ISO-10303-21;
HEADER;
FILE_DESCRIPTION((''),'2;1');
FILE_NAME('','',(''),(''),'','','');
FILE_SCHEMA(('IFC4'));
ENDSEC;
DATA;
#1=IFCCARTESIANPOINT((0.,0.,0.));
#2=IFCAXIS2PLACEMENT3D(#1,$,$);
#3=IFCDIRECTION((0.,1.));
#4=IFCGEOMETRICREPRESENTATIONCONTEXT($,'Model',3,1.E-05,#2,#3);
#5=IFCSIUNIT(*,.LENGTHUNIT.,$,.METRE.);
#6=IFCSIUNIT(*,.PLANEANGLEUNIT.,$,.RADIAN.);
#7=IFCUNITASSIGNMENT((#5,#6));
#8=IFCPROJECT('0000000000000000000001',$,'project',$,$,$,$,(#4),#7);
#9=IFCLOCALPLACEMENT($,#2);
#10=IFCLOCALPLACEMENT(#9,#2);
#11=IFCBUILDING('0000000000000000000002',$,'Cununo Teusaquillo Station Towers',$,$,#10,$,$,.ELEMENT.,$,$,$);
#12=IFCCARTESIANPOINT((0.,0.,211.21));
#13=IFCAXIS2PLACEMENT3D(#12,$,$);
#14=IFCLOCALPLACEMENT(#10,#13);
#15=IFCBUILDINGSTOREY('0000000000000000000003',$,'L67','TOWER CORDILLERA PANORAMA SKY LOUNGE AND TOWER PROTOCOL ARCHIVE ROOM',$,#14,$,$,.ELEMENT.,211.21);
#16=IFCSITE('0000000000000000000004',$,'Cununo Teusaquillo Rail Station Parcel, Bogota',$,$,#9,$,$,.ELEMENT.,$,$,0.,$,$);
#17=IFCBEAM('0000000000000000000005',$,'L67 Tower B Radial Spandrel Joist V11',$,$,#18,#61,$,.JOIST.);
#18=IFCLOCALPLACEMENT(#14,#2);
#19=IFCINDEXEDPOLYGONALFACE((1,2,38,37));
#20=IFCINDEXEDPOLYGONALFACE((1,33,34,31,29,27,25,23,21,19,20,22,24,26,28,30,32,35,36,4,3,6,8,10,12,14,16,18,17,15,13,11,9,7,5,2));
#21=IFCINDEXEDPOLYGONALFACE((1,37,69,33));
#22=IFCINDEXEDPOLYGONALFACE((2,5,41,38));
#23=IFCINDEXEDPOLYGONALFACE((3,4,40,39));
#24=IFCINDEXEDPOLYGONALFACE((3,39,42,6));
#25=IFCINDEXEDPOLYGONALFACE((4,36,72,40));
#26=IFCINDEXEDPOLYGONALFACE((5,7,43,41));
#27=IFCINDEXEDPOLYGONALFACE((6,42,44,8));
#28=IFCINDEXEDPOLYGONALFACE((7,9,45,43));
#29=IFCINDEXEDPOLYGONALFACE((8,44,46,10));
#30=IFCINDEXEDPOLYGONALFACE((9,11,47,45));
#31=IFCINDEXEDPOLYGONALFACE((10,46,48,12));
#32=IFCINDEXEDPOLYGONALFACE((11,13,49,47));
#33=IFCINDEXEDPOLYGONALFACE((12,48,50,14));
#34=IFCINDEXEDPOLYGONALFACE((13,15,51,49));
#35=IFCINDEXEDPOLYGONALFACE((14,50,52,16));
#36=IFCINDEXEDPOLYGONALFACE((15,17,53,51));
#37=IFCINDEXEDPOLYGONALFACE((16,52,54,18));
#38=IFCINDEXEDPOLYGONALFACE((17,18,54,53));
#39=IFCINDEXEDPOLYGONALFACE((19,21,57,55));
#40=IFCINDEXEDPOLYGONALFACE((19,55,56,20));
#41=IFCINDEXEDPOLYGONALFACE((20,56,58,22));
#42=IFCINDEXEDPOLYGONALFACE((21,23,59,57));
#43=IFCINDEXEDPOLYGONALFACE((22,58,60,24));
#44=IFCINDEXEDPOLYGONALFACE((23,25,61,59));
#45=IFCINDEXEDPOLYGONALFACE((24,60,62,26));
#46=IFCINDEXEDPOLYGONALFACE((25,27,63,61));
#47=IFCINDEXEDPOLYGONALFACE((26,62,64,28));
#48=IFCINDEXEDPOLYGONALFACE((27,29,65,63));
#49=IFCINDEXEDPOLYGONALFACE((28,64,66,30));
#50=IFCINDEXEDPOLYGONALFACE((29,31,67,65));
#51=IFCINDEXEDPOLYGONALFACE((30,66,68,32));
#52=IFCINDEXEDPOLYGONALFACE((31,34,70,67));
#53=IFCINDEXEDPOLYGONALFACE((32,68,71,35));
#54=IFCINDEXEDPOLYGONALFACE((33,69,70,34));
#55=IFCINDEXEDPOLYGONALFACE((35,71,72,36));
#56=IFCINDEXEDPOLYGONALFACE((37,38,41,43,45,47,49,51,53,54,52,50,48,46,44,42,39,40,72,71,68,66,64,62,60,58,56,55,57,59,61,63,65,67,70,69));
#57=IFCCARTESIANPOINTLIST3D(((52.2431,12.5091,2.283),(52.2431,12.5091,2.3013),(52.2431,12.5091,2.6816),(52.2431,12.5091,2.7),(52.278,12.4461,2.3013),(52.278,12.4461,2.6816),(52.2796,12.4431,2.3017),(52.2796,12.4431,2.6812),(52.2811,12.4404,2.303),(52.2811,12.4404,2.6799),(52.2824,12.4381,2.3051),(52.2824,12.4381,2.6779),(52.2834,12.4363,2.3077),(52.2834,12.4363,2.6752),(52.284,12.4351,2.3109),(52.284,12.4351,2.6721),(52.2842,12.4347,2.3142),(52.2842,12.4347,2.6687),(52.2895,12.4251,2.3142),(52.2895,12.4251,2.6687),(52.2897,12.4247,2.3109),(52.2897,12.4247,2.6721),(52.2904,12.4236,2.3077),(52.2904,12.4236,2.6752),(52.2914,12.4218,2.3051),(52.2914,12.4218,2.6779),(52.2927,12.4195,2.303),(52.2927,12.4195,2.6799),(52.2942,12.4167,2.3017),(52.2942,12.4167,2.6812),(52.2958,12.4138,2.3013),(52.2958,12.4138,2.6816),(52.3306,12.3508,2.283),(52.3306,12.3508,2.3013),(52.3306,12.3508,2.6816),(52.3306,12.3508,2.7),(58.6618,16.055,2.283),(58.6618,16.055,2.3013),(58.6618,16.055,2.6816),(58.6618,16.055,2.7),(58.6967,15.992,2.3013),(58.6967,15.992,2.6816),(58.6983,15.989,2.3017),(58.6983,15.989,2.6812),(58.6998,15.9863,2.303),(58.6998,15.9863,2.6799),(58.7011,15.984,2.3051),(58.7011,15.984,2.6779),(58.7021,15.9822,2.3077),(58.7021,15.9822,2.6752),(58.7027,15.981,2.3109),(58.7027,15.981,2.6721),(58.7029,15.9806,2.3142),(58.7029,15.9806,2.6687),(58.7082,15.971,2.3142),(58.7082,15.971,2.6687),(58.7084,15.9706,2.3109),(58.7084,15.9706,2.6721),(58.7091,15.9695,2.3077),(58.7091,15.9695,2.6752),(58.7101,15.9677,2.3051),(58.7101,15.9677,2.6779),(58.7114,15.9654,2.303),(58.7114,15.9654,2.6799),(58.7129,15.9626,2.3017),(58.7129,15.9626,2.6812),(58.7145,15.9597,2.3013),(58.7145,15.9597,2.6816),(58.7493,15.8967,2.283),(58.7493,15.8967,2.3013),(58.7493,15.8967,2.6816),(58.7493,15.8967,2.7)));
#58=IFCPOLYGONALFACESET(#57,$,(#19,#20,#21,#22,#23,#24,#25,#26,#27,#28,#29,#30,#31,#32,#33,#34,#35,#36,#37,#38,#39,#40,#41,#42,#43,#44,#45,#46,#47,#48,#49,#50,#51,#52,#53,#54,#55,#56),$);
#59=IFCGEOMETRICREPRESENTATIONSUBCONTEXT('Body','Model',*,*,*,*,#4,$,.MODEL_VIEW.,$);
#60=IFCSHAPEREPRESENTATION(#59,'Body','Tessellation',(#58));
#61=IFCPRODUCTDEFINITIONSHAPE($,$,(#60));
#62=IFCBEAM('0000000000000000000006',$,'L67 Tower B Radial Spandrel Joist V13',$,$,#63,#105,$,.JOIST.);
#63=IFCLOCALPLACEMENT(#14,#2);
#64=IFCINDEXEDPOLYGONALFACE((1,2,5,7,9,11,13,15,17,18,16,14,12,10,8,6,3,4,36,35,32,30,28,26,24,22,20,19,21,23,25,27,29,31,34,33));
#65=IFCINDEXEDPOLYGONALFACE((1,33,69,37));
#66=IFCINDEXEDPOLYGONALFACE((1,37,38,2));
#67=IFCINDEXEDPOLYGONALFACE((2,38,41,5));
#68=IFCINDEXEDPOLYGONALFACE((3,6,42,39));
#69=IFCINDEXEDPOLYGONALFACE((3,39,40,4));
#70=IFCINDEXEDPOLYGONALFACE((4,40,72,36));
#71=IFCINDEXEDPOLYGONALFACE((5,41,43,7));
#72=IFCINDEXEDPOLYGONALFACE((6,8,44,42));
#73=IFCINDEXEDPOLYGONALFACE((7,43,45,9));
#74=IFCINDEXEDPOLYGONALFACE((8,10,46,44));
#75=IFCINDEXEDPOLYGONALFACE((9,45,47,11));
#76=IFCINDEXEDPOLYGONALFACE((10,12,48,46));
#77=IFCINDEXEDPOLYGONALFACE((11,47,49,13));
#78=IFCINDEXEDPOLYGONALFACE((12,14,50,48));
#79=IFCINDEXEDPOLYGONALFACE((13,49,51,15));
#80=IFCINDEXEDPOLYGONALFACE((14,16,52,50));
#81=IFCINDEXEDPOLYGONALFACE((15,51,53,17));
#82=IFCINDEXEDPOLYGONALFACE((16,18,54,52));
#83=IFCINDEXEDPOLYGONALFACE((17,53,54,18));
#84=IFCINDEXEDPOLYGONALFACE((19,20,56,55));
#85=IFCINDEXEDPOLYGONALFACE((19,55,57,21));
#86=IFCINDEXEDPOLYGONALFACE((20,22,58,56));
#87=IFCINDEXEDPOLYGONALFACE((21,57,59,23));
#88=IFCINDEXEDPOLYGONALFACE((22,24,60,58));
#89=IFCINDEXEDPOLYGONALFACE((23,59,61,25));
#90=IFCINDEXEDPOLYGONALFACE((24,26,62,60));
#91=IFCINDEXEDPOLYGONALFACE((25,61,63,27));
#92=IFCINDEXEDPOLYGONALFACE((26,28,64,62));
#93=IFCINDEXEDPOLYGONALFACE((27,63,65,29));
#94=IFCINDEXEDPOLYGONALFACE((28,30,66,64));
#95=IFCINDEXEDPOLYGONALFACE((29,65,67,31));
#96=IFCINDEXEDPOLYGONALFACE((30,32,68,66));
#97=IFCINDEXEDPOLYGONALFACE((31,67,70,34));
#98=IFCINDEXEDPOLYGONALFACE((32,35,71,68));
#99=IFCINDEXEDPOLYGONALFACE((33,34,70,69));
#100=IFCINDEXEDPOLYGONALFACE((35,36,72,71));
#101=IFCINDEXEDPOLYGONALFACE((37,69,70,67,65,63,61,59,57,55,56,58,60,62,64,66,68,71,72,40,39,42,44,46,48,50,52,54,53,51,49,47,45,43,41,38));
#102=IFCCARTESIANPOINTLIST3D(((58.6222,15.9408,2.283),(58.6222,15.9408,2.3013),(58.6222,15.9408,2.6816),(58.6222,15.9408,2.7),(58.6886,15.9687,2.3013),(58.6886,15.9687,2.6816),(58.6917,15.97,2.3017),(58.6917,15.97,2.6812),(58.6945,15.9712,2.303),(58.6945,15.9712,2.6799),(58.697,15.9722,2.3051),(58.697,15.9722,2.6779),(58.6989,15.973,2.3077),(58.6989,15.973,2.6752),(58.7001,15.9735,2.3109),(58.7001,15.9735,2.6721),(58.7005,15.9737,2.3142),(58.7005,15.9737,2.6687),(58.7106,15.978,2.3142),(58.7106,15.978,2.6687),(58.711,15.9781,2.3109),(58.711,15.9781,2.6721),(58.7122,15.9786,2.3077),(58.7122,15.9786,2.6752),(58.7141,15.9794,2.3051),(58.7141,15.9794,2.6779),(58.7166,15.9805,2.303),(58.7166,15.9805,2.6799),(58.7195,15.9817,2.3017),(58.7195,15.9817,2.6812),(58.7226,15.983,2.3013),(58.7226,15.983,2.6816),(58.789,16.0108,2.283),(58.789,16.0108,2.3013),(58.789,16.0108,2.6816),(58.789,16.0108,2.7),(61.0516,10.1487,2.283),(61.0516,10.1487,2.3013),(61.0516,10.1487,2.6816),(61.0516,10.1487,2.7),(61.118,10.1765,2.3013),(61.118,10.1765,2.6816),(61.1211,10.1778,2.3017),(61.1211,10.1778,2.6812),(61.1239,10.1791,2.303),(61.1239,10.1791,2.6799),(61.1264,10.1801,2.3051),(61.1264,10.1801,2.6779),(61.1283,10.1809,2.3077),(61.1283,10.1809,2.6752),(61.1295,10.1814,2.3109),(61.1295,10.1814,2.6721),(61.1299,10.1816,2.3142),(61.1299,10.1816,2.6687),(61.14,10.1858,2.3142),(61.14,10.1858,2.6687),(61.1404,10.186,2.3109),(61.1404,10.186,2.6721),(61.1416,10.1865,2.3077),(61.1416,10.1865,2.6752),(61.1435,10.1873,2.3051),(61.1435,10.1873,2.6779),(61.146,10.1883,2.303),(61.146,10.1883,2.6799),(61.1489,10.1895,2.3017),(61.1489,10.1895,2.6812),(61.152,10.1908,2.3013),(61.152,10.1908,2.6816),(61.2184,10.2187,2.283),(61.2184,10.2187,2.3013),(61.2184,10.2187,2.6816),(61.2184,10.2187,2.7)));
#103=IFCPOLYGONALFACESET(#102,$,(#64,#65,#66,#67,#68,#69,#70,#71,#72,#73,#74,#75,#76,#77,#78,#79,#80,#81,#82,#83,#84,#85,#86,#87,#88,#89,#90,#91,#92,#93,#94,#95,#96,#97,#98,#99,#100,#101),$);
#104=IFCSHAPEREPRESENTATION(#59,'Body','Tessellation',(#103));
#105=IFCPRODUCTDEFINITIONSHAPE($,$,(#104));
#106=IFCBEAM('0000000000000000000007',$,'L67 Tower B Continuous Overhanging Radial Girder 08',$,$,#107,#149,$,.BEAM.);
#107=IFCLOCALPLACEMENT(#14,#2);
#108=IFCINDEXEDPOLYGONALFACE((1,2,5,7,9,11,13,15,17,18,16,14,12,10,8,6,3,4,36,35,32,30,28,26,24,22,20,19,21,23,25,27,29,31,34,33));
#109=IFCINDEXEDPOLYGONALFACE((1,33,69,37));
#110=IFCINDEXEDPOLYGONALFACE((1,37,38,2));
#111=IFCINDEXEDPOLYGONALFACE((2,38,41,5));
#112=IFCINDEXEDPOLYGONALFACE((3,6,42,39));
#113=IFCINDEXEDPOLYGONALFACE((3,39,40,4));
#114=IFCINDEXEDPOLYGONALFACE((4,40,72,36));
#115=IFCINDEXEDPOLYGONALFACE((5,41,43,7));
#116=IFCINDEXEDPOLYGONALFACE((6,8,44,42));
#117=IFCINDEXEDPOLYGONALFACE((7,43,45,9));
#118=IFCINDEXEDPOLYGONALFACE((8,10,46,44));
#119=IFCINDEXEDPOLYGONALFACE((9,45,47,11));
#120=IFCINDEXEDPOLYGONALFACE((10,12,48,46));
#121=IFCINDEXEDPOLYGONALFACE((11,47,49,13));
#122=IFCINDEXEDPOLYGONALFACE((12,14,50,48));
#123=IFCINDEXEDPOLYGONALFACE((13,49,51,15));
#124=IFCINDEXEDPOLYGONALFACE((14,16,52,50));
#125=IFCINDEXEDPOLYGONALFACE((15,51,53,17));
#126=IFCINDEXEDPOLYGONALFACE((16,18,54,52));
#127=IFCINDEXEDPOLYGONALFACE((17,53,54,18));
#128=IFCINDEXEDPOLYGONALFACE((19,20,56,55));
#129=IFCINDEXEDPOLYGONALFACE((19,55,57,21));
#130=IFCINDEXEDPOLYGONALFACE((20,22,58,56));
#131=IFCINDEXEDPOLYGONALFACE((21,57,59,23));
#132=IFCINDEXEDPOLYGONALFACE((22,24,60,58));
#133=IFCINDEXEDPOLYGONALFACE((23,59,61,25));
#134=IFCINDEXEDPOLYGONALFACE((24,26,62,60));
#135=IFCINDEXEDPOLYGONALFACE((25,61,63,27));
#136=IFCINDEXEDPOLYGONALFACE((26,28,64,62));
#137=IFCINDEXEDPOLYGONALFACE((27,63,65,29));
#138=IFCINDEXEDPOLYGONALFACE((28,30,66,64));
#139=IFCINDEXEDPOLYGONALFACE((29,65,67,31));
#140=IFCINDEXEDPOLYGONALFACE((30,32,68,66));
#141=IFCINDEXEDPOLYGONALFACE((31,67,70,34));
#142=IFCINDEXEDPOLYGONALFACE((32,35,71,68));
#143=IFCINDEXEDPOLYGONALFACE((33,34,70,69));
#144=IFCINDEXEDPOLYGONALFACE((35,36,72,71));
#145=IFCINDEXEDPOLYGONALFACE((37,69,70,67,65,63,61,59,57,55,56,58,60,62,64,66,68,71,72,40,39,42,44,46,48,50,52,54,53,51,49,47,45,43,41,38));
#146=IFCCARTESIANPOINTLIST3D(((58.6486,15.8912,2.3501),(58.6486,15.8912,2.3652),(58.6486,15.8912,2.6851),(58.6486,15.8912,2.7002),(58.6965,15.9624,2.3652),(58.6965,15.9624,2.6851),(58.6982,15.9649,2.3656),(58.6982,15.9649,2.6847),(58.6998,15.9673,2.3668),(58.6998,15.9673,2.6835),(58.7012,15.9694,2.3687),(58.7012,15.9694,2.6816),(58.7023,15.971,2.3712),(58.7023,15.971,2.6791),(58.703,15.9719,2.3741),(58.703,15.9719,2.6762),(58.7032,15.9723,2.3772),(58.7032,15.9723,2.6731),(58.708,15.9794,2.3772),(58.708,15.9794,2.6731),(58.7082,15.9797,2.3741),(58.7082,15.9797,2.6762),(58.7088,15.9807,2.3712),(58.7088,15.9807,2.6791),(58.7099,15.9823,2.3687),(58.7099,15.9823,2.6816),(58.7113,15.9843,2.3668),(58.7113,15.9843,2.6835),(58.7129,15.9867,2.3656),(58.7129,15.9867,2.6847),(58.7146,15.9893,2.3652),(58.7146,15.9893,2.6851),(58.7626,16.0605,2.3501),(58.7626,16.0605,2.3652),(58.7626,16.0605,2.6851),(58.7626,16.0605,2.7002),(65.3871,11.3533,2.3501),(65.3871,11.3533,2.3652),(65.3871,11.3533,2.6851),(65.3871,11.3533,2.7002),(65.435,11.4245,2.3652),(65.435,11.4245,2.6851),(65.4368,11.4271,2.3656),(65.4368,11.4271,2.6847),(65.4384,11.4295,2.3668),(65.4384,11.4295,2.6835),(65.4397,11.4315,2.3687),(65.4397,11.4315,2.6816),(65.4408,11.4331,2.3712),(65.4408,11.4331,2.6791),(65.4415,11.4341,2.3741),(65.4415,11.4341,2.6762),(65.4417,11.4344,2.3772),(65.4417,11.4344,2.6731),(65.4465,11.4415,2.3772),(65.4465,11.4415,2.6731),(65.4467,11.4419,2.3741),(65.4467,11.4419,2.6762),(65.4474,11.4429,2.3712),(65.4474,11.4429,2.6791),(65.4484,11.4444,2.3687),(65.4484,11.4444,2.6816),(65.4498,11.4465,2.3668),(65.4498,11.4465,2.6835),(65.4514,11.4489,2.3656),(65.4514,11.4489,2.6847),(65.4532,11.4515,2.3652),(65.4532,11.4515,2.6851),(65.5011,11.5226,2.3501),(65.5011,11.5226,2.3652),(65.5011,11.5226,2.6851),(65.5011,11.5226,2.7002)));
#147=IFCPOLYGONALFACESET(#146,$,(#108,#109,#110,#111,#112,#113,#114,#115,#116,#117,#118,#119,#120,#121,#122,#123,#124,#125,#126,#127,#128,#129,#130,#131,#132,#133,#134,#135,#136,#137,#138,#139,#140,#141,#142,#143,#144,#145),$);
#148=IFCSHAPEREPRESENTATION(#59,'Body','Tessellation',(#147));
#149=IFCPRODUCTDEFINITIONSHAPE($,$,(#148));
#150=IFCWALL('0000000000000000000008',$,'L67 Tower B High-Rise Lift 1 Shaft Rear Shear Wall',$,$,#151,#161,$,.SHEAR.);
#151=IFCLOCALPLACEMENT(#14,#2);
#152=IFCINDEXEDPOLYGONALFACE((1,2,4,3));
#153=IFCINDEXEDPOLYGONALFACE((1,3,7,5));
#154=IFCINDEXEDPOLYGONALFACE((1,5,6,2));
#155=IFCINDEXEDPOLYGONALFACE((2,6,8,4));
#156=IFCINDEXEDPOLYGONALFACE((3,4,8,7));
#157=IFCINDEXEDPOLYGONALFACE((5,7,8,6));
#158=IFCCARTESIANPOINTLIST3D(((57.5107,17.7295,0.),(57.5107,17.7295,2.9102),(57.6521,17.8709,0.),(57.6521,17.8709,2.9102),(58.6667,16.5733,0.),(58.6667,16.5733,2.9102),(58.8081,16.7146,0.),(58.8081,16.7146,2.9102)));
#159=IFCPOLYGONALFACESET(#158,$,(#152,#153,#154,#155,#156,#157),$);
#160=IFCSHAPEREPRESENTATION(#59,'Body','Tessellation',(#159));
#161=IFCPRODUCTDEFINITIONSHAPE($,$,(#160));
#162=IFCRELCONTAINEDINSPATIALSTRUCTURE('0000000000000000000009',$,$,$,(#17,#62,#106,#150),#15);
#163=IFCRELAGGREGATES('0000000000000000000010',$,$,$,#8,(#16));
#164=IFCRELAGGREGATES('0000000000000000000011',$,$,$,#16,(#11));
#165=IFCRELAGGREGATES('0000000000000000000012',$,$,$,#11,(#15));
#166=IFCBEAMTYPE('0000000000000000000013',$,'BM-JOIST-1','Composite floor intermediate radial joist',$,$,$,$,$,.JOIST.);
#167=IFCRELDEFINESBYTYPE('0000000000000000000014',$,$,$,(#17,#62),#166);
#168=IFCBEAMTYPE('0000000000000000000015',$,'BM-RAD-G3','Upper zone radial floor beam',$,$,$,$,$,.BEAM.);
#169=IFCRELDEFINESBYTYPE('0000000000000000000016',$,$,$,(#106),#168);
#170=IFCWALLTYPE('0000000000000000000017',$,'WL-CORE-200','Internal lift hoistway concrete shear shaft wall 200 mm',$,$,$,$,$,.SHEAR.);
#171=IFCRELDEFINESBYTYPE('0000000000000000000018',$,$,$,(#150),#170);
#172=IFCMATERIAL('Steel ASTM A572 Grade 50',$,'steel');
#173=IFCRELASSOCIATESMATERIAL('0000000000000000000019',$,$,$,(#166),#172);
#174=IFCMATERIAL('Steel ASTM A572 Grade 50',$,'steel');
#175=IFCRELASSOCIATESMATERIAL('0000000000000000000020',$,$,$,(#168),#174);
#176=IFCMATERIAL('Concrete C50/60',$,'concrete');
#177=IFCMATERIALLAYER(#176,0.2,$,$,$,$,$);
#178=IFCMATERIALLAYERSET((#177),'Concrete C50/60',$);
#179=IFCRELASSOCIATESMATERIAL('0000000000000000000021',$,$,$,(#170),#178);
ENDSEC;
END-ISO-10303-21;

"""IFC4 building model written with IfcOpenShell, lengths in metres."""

from ifc_helpers import new_model, si_unit, direction, frame, frame_2d, origin, origin_2d, place, context, subcontext, project, spatial, rectangle, i_section, extrude, material, layer, layer_set, material_profile, profile_set, type_object, element, save


model = new_model("IFC4")

# Units and contexts
model_context = context("Model", 3, precision=1e-05, world=origin(), true_north=direction((0.0, 1.0)))
body_context = subcontext(model_context, "Body", "Model", "MODEL_VIEW")
ifc_project = project(units=[si_unit("LENGTHUNIT", "METRE"), si_unit("PLANEANGLEUNIT", "RADIAN")], contexts=[model_context])

# Site, building, storey
site_placement = place(None, origin())
site = spatial("IfcSite", under=ifc_project, at=site_placement, Name="Cununo Teusaquillo Rail Station Parcel, Bogota", CompositionType="ELEMENT", RefElevation=0.0)
building_placement = place(site_placement, origin())
building = spatial("IfcBuilding", under=site, at=building_placement, Name="Cununo Teusaquillo Station Towers", CompositionType="ELEMENT")
storey_placement = place(building_placement, frame((0.0, 0.0, 211.21)))
storey = spatial("IfcBuildingStorey", under=building, at=storey_placement, Name="L67", Description="TOWER CORDILLERA PANORAMA SKY LOUNGE AND TOWER PROTOCOL ARCHIVE ROOM", CompositionType="ELEMENT", Elevation=211.21)

# Beams
ifc_material_1 = material(Name="Steel ASTM A572 Grade 50", Category="steel")
ifc_material_profile_1 = material_profile(ifc_material_1, i_section(OverallWidth=0.1809, OverallDepth=0.417, WebThickness=0.011, FlangeThickness=0.0183, FilletRadius=0.0129, at=origin_2d()), Name="W16X57")
ifc_profile_set_1 = profile_set([ifc_material_profile_1], Name="Steel ASTM A572 Grade 50")
beam_type_1 = type_object("IfcBeamType", Name="BM-JOIST-1", Description="Composite floor intermediate radial joist", PredefinedType="JOIST", material=ifc_profile_set_1)
beam_1_placement = place(storey_placement, frame((58.7056, 15.9758, 2.4915), z_axis=(-0.875315, -0.483553, 0.0), x_axis=(0.483553, -0.875315, 0.0)))
element("IfcBeam", 1, at=beam_1_placement, inside=storey, type_object=beam_type_1, Name="L67 Tower B Radial Spandrel Joist V11", PredefinedType="JOIST", context=body_context, shape_type="SweptSolid", body=[
    extrude(i_section(OverallWidth=0.1809, OverallDepth=0.417, WebThickness=0.011, FlangeThickness=0.0183, FilletRadius=0.0129, at=origin_2d()), origin(), (0.0, 0.0, 1.0), 7.333),
])
beam_2_placement = place(storey_placement, frame((58.7056, 15.9758, 2.4915), z_axis=(0.386786, -0.922169, 0.0), x_axis=(0.922169, 0.386786, 0.0)))
element("IfcBeam", 2, at=beam_2_placement, inside=storey, type_object=beam_type_1, Name="L67 Tower B Radial Spandrel Joist V13", PredefinedType="JOIST", context=body_context, shape_type="SweptSolid", body=[
    extrude(i_section(OverallWidth=0.1809, OverallDepth=0.417, WebThickness=0.011, FlangeThickness=0.0183, FilletRadius=0.0129, at=origin_2d()), origin(), (0.0, 0.0, 1.0), 6.281),
])
ifc_material_2 = material(Name="Steel ASTM A572 Grade 50", Category="steel")
ifc_material_profile_2 = material_profile(ifc_material_2, i_section(OverallWidth=0.2041, OverallDepth=0.3501, WebThickness=0.0085, FlangeThickness=0.0151, FilletRadius=0.012, at=origin_2d()), Name="W14X48")
ifc_profile_set_2 = profile_set([ifc_material_profile_2], Name="Steel ASTM A572 Grade 50")
beam_type_2 = type_object("IfcBeamType", Name="BM-RAD-G3", Description="Upper zone radial floor beam", PredefinedType="BEAM", material=ifc_profile_set_2)
beam_3_placement = place(storey_placement, frame((58.7056, 15.9758, 2.5251), z_axis=(0.829457, -0.558571, 0.0), x_axis=(0.558571, 0.829457, 0.0)))
element("IfcBeam", 3, at=beam_3_placement, inside=storey, type_object=beam_type_2, Name="L67 Tower B Continuous Overhanging Radial Girder 08", PredefinedType="BEAM", context=body_context, shape_type="SweptSolid", body=[
    extrude(i_section(OverallWidth=0.2041, OverallDepth=0.3501, WebThickness=0.0085, FlangeThickness=0.0151, FilletRadius=0.012, at=origin_2d()), origin(), (0.0, 0.0, 1.0), 8.124),
])

# Wall
ifc_material_3 = material(Name="Concrete C50/60", Category="concrete")
ifc_layer_1 = layer(ifc_material_3, 0.2)
ifc_layer_set_1 = layer_set([ifc_layer_1], Name="Concrete C50/60")
wall_type_1 = type_object("IfcWallType", Name="WL-CORE-200", Description="Internal lift hoistway concrete shear shaft wall 200 mm", PredefinedType="SHEAR", material=ifc_layer_set_1)
wall_1_placement = place(storey_placement, frame((58.7373, 16.644, 0.0), z_axis=(0.0, 0.0, 1.0), x_axis=(-0.707032, 0.707181, 0.0)))
element("IfcWall", 4, at=wall_1_placement, inside=storey, type_object=wall_type_1, Name="L67 Tower B High-Rise Lift 1 Shaft Rear Shear Wall", PredefinedType="SHEAR", context=body_context, shape_type="SweptSolid", body=[
    extrude(rectangle(XDim=1.635, YDim=0.2, at=frame_2d((0.8174, 0.0))), origin(), (0.0, 0.0, 1.0), 2.9102),
])

save(model, "model.ifc")
